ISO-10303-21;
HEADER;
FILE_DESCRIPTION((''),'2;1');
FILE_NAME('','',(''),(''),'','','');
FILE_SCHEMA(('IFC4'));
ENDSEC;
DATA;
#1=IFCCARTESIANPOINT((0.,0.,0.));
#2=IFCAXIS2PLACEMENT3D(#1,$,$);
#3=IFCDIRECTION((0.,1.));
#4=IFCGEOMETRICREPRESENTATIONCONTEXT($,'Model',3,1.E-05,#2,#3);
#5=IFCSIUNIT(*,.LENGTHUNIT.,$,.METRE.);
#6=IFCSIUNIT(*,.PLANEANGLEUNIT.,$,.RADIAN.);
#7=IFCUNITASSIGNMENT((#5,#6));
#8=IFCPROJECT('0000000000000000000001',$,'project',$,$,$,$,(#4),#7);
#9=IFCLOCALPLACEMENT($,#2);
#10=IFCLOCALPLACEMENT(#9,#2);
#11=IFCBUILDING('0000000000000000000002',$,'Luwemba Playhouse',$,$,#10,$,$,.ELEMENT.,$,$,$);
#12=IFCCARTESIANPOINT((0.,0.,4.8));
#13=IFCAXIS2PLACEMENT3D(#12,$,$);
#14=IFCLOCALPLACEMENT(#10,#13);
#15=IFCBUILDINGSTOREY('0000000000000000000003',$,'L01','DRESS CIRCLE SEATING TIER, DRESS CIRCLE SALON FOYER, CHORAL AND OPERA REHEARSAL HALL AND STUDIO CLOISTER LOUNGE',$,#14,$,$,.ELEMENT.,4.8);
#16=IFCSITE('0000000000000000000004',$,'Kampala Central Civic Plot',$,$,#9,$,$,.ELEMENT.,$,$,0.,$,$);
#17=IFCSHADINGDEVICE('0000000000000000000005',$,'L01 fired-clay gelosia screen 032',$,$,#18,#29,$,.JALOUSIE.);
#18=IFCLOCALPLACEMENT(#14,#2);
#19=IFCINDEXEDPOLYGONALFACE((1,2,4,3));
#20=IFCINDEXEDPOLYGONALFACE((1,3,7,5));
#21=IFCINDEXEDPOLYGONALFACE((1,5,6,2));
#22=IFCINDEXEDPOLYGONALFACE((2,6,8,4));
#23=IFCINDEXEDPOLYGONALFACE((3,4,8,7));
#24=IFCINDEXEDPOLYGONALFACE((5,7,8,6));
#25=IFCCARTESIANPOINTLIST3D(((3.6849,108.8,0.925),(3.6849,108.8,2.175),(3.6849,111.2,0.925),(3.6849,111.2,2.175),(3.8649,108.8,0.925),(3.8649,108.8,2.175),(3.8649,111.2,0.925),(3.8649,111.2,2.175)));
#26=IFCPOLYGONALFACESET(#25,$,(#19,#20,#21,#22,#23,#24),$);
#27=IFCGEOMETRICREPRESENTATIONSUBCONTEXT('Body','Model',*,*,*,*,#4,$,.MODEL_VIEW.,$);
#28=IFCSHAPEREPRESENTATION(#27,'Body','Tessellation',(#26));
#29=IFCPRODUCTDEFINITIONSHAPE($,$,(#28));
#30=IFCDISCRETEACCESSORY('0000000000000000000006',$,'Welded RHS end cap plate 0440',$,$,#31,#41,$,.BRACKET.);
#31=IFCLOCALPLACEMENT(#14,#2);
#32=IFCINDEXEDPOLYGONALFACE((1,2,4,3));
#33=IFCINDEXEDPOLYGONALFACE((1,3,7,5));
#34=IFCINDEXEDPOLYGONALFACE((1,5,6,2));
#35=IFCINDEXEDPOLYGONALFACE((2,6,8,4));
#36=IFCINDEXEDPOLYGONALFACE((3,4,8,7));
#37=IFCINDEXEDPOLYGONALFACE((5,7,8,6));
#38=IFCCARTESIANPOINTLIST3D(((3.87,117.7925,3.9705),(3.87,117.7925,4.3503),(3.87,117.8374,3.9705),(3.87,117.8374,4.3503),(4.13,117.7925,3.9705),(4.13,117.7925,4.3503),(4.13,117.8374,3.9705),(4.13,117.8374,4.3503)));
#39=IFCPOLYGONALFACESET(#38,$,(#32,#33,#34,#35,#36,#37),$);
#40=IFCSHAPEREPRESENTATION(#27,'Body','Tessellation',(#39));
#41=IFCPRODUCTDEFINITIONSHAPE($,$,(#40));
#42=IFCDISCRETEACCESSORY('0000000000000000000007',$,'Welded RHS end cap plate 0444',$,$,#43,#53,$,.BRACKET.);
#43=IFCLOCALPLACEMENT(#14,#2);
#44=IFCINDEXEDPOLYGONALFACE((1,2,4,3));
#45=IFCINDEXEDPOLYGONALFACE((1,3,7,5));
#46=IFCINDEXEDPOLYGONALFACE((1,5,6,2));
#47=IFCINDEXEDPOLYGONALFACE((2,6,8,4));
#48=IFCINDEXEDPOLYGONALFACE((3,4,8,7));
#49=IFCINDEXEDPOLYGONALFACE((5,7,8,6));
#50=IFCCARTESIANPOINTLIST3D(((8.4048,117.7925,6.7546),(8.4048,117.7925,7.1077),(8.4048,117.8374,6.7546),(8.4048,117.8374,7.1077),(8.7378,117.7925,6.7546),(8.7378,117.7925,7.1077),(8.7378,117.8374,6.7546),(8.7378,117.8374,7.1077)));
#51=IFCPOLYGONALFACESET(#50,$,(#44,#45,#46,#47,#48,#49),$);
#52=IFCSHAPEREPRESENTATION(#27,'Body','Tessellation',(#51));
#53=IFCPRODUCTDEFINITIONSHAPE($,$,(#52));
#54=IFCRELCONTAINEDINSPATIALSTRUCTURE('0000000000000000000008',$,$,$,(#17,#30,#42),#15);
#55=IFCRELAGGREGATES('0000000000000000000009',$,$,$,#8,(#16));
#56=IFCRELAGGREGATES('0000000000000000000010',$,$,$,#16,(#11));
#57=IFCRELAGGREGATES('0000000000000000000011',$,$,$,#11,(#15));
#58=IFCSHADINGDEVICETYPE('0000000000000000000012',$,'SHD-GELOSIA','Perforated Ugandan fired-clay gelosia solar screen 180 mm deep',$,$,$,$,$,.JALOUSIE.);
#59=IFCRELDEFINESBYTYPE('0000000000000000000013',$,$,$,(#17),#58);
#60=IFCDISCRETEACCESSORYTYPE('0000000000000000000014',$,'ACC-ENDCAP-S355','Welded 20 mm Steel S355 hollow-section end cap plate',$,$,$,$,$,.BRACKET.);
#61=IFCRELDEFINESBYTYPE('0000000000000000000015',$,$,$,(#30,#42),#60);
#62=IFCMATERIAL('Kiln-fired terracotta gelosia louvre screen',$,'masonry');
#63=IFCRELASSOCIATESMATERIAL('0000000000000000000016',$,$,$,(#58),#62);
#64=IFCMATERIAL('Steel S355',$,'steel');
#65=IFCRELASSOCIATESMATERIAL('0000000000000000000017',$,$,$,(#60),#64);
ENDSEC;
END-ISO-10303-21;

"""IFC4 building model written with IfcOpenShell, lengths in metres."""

from ifc_helpers import new_model, si_unit, direction, frame, origin, origin_2d, place, context, subcontext, project, spatial, rectangle, extrude, material, type_object, element, save


model = new_model("IFC4")

# Units and contexts
model_context = context("Model", 3, precision=1e-05, world=origin(), true_north=direction((0.0, 1.0)))
body_context = subcontext(model_context, "Body", "Model", "MODEL_VIEW")
ifc_project = project(units=[si_unit("LENGTHUNIT", "METRE"), si_unit("PLANEANGLEUNIT", "RADIAN")], contexts=[model_context])

# Site, building, storey
site_placement = place(None, origin())
site = spatial("IfcSite", under=ifc_project, at=site_placement, Name="Kampala Central Civic Plot", CompositionType="ELEMENT", RefElevation=0.0)
building_placement = place(site_placement, origin())
building = spatial("IfcBuilding", under=site, at=building_placement, Name="Luwemba Playhouse", CompositionType="ELEMENT")
storey_placement = place(building_placement, frame((0.0, 0.0, 4.8)))
storey = spatial("IfcBuildingStorey", under=building, at=storey_placement, Name="L01", Description="DRESS CIRCLE SEATING TIER, DRESS CIRCLE SALON FOYER, CHORAL AND OPERA REHEARSAL HALL AND STUDIO CLOISTER LOUNGE", CompositionType="ELEMENT", Elevation=4.8)

# Shared definitions
ifc_material_1 = material(Name="Steel S355", Category="steel")

# Shading device
ifc_material_2 = material(Name="Kiln-fired terracotta gelosia louvre screen", Category="masonry")
shading_device_type = type_object("IfcShadingDeviceType", Name="SHD-GELOSIA", Description="Perforated Ugandan fired-clay gelosia solar screen 180 mm deep", PredefinedType="JALOUSIE", material=ifc_material_2)
shading_device_placement = place(storey_placement, frame((3.7749, 110.0, 0.925), z_axis=(0.0, 0.0, 1.0), x_axis=(0.0, 1.0, 0.0)))
element("IfcShadingDevice", 1, at=shading_device_placement, inside=storey, type_object=shading_device_type, Name="L01 fired-clay gelosia screen 032", PredefinedType="JALOUSIE", context=body_context, shape_type="SweptSolid", body=[
    extrude(rectangle(XDim=2.3999, YDim=0.1799, at=origin_2d()), origin(), (0.0, 0.0, 1.0), 1.25),
])

# Discrete accessories
discrete_accessory_type = type_object("IfcDiscreteAccessoryType", Name="ACC-ENDCAP-S355", Description="Welded 20 mm Steel S355 hollow-section end cap plate", PredefinedType="BRACKET", material=ifc_material_1)
discrete_accessory_1_placement = place(storey_placement, frame((4.0, 117.8149, 3.9705), z_axis=(0.0, 0.0, 1.0), x_axis=(1.0, 0.0, 0.0)))
element("IfcDiscreteAccessory", 2, at=discrete_accessory_1_placement, inside=storey, type_object=discrete_accessory_type, Name="Welded RHS end cap plate 0440", PredefinedType="BRACKET", context=body_context, shape_type="SweptSolid", body=[
    extrude(rectangle(XDim=0.26, YDim=0.0449, at=origin_2d()), origin(), (0.0, 0.0, 1.0), 0.3799),
])
discrete_accessory_2_placement = place(storey_placement, frame((8.5713, 117.8149, 6.7546), z_axis=(0.0, 0.0, 1.0), x_axis=(1.0, 0.0, 0.0)))
element("IfcDiscreteAccessory", 3, at=discrete_accessory_2_placement, inside=storey, type_object=discrete_accessory_type, Name="Welded RHS end cap plate 0444", PredefinedType="BRACKET", context=body_context, shape_type="SweptSolid", body=[
    extrude(rectangle(XDim=0.333, YDim=0.0449, at=origin_2d()), origin(), (0.0, 0.0, 1.0), 0.353),
])

save(model, "model.ifc")
